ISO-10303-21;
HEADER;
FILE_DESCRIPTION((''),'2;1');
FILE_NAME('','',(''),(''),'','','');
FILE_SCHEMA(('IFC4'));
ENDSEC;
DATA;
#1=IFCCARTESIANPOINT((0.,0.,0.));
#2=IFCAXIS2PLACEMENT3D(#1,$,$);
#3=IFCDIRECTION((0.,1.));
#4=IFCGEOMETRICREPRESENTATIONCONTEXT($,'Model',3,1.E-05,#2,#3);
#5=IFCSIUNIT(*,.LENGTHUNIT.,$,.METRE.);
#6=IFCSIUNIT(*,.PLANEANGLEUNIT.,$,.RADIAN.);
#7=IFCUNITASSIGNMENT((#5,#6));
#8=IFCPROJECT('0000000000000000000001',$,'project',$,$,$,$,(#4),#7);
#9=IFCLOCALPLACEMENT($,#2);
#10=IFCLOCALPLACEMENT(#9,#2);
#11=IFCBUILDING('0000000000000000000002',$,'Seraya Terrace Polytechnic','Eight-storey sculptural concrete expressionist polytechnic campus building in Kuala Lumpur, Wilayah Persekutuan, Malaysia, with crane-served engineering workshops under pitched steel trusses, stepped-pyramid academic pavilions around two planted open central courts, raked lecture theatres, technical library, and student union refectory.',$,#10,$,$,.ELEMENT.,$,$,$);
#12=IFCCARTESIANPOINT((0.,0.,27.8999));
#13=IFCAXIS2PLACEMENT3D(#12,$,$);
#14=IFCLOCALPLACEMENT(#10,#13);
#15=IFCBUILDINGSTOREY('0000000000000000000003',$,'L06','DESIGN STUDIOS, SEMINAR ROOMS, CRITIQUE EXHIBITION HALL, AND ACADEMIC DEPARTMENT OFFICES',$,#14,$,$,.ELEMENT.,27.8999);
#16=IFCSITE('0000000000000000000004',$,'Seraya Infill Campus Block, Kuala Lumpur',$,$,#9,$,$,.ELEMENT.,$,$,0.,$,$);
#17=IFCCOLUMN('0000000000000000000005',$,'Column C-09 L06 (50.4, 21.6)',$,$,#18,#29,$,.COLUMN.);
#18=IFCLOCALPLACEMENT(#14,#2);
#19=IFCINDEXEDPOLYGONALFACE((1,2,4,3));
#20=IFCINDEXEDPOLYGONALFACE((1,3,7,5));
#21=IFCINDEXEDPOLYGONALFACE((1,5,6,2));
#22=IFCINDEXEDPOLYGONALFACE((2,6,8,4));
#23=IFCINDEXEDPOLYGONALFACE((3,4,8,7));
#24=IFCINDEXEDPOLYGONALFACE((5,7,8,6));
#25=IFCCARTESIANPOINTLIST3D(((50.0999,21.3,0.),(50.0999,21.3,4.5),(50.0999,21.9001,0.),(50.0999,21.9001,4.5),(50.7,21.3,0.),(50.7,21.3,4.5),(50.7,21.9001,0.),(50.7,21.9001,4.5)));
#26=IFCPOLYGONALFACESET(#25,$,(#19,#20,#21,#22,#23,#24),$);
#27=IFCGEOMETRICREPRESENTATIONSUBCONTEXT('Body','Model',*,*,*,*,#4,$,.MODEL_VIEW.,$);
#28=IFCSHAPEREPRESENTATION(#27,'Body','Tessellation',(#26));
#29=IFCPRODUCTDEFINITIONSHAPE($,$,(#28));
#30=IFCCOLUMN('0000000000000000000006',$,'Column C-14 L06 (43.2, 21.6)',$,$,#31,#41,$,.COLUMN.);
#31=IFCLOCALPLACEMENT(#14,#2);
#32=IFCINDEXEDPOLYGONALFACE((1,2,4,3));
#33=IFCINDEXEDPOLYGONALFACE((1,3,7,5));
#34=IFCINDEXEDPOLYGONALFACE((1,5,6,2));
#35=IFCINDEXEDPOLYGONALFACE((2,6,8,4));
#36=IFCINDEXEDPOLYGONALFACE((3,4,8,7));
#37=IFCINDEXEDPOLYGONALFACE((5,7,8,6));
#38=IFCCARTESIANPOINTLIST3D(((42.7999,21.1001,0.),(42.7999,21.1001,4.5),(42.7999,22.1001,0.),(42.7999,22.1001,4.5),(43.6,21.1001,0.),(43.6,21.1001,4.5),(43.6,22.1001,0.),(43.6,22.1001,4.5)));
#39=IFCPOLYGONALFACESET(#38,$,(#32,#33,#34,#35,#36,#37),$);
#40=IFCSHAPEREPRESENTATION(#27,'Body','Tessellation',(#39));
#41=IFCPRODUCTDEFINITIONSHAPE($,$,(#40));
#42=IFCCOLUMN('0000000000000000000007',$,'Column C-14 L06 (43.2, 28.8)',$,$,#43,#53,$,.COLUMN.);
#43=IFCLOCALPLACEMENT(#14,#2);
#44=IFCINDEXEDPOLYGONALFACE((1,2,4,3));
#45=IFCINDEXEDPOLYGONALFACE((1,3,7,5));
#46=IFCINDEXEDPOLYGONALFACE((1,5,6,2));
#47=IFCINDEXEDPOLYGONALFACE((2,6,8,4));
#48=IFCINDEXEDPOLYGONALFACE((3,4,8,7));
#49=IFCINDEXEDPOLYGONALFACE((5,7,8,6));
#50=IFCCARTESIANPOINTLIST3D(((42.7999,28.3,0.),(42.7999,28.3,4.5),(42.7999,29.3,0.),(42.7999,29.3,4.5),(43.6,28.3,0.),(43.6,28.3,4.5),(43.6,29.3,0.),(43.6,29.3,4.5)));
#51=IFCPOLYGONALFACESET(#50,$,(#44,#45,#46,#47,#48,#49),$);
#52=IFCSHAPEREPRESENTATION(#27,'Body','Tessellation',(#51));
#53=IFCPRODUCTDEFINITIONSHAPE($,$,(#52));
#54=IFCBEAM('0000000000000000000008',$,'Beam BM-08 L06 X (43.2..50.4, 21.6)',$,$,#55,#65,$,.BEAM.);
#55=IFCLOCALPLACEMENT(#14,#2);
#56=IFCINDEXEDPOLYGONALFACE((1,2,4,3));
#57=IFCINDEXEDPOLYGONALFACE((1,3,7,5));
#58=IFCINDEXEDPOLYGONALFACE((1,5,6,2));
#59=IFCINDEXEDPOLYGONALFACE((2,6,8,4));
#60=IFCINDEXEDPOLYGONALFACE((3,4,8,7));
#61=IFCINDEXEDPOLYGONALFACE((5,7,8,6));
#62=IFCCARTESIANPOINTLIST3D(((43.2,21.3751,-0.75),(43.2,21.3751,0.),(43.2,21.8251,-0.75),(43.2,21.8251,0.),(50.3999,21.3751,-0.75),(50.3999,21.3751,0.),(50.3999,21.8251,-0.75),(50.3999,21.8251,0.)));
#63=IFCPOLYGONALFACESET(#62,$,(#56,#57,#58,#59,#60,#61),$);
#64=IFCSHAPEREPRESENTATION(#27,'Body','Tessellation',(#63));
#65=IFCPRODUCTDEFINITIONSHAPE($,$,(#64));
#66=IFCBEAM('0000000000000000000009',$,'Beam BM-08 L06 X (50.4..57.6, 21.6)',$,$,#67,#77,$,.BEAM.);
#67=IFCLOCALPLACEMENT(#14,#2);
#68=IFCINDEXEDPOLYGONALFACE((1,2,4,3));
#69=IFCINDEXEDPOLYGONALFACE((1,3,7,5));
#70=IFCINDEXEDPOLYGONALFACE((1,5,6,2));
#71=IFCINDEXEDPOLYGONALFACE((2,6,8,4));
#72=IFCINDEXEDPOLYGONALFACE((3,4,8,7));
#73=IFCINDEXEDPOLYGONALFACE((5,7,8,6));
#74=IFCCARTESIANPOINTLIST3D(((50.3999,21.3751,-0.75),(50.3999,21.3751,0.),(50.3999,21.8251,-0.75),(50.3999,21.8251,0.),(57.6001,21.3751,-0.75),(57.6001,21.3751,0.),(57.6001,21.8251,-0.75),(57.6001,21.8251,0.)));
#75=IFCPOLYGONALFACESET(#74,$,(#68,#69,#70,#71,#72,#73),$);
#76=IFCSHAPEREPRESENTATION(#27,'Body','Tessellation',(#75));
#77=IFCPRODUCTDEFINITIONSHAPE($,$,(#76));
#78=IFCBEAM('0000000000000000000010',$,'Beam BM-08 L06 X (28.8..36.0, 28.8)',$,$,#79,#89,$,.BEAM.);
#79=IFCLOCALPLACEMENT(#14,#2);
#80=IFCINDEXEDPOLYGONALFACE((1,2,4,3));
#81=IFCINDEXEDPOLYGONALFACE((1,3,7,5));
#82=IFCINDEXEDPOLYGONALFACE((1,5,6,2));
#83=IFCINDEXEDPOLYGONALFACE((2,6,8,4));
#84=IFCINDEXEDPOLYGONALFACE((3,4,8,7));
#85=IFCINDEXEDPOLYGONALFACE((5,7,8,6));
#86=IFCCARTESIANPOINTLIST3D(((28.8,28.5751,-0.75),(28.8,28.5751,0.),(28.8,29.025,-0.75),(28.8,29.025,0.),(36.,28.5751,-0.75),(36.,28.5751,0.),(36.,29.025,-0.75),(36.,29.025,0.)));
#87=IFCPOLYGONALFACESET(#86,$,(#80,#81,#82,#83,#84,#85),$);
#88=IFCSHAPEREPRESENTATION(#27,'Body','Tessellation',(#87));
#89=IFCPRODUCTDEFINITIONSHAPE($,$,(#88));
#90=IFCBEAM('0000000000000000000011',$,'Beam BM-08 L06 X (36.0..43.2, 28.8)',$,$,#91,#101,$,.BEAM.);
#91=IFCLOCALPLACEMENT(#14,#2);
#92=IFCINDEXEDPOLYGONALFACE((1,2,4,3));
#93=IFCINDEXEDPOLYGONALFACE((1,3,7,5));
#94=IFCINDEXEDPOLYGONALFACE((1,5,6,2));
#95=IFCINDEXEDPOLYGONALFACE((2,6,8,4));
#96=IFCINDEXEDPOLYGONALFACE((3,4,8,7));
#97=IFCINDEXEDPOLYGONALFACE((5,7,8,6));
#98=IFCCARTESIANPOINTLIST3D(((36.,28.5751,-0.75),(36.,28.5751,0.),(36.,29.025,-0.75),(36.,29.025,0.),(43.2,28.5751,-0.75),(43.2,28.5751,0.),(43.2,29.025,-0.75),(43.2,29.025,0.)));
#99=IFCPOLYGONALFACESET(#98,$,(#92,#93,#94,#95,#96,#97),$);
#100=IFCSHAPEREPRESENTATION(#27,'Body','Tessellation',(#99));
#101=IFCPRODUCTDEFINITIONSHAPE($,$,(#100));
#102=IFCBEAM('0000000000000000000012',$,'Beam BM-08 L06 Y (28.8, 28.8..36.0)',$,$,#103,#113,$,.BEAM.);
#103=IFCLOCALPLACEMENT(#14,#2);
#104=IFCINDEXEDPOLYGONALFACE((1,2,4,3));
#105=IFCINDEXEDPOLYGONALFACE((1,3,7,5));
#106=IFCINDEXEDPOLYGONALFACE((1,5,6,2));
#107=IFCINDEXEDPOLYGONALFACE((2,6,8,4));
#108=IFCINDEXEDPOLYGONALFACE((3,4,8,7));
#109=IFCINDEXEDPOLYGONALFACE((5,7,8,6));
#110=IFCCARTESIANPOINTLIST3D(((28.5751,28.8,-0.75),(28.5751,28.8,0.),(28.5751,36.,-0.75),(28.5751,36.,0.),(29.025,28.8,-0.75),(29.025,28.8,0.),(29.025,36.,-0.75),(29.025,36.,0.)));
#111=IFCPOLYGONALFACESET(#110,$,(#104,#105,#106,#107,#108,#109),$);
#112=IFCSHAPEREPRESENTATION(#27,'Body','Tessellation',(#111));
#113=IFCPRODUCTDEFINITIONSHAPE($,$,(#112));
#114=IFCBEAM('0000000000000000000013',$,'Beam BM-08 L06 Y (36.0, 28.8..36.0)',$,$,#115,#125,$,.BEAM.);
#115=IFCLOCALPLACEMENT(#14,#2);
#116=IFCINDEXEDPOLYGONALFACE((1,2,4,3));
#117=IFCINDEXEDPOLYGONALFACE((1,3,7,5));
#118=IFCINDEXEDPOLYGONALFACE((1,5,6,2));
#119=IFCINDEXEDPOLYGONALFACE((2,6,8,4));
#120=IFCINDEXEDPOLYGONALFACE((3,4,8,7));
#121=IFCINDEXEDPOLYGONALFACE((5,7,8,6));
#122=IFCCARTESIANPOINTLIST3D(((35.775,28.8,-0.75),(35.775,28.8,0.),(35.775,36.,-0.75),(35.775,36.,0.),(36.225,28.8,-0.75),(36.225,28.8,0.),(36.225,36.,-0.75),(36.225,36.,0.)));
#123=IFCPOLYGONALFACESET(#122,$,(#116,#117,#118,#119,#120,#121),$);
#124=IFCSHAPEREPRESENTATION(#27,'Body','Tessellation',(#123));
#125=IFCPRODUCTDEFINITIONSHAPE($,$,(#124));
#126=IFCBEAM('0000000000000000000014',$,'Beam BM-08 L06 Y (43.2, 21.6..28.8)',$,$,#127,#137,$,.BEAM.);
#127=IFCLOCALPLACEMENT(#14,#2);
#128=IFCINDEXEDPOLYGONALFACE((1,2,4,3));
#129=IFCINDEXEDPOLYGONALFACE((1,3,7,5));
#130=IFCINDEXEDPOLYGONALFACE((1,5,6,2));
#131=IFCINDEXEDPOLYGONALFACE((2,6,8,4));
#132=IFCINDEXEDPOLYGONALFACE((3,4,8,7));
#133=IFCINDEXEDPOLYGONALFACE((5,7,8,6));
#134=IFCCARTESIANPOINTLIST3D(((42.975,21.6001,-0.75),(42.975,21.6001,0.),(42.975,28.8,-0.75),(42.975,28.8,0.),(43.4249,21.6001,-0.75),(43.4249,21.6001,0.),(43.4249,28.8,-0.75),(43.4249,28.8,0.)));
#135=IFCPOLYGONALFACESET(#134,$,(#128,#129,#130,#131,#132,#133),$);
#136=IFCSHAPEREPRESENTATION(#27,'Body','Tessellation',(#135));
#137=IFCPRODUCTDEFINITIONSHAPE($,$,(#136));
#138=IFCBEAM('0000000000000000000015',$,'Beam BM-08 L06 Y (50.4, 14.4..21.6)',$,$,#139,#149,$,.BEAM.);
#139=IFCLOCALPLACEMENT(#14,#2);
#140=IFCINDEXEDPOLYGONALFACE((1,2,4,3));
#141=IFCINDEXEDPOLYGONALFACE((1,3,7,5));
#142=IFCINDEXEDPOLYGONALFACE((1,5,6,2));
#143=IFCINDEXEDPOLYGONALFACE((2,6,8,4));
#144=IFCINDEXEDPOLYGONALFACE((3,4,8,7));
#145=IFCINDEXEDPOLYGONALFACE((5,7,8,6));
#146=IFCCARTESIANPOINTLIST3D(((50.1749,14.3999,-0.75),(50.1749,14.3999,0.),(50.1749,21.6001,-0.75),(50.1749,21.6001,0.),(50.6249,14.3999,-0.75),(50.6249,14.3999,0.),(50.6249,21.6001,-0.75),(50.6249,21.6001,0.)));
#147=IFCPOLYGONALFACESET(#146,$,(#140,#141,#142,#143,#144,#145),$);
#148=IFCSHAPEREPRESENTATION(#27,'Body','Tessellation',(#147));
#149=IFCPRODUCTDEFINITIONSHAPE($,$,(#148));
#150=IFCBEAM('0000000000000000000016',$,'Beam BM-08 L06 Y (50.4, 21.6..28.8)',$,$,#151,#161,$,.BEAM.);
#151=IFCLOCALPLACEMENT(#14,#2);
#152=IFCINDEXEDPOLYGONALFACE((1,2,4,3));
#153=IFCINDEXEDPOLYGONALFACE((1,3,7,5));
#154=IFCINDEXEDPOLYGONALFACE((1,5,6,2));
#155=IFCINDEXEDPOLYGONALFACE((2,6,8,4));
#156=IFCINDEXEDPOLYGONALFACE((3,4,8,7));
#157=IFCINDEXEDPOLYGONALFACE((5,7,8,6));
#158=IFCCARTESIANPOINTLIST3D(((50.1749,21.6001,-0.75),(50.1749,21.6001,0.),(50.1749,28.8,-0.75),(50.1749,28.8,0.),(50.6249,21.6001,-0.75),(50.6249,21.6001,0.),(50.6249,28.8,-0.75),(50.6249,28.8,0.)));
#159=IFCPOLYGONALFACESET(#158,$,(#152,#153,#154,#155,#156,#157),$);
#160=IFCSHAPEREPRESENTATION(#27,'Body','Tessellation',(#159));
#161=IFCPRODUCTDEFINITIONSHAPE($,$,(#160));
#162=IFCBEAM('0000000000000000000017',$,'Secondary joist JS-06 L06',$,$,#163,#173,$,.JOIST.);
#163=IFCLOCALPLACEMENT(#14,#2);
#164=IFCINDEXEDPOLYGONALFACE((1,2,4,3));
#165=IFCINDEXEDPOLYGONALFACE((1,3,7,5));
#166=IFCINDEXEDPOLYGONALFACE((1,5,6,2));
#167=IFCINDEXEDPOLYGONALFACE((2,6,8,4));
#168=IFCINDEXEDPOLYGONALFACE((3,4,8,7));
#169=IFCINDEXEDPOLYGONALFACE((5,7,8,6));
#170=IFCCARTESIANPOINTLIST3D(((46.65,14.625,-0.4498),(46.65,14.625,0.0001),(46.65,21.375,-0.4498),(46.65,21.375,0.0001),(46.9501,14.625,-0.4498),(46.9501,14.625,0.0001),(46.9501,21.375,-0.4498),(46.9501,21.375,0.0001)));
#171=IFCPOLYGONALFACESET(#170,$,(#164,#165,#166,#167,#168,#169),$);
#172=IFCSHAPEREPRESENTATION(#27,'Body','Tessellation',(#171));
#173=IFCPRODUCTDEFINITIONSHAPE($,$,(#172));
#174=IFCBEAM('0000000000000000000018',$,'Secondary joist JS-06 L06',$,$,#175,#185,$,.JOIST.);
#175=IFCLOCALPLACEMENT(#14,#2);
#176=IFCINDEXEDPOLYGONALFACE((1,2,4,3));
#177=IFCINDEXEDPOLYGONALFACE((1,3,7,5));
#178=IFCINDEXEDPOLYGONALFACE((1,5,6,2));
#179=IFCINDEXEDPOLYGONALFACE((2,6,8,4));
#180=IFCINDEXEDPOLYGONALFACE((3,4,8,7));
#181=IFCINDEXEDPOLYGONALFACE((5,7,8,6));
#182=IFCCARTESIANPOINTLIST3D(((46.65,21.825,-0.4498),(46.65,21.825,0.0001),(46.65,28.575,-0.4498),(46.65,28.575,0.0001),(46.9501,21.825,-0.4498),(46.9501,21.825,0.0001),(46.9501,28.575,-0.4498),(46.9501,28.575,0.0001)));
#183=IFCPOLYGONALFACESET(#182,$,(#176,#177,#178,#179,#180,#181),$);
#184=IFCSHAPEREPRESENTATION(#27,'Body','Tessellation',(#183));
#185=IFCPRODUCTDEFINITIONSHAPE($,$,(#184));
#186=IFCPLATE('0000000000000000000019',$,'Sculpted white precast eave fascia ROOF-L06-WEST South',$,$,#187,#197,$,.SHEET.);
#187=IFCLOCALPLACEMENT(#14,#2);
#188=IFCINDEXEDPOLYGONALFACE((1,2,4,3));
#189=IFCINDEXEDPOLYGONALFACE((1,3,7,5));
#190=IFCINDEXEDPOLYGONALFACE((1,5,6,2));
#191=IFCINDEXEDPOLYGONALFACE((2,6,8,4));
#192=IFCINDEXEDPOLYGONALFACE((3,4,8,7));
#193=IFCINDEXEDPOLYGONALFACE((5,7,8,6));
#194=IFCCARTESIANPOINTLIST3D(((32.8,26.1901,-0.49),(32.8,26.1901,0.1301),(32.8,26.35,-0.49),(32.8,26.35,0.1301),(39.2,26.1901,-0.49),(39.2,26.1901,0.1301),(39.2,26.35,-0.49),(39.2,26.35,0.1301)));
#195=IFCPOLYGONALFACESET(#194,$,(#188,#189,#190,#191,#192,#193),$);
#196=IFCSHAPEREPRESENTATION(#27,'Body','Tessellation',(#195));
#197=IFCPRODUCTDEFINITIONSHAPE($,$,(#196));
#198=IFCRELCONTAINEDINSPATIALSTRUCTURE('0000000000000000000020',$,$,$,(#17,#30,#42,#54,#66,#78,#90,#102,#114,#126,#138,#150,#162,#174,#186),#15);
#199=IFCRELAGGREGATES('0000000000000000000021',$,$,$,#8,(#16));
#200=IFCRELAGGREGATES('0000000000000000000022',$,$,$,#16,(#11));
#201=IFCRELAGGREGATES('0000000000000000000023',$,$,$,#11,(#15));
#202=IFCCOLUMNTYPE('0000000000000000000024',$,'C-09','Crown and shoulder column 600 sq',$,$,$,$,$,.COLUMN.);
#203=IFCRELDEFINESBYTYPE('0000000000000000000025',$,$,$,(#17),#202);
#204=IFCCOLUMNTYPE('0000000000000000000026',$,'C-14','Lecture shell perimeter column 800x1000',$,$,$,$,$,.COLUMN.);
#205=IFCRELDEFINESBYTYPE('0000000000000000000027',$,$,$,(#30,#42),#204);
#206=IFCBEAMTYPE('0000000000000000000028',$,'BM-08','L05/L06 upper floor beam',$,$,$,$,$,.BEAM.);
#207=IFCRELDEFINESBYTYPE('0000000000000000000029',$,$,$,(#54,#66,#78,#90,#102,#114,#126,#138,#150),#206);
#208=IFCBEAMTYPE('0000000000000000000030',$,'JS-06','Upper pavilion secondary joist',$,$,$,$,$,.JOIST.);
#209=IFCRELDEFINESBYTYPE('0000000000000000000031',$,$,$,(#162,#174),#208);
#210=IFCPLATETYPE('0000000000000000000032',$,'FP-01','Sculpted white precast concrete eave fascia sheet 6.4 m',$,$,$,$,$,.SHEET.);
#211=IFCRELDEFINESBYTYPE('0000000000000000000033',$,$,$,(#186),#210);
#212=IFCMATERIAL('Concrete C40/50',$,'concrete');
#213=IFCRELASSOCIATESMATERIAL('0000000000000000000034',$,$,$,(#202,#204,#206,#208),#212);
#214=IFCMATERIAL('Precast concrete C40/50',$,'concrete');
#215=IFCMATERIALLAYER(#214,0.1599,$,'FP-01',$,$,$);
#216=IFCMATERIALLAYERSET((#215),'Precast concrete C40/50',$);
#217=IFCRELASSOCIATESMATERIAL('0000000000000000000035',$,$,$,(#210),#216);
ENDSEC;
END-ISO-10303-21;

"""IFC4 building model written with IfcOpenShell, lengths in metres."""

from ifc_helpers import new_model, si_unit, direction, frame, origin, origin_2d, place, context, subcontext, project, spatial, rectangle, extrude, material, layer, layer_set, material_profile, profile_set, type_object, element, save


model = new_model("IFC4")

# Units and contexts
model_context = context("Model", 3, precision=1e-05, world=origin(), true_north=direction((0.0, 1.0)))
body_context = subcontext(model_context, "Body", "Model", "MODEL_VIEW")
ifc_project = project(units=[si_unit("LENGTHUNIT", "METRE"), si_unit("PLANEANGLEUNIT", "RADIAN")], contexts=[model_context])

# Site, building, storey
site_placement = place(None, origin())
site = spatial("IfcSite", under=ifc_project, at=site_placement, Name="Seraya Infill Campus Block, Kuala Lumpur", CompositionType="ELEMENT", RefElevation=0.0)
building_placement = place(site_placement, origin())
building = spatial("IfcBuilding", under=site, at=building_placement, Name="Seraya Terrace Polytechnic", Description="Eight-storey sculptural concrete expressionist polytechnic campus building in Kuala Lumpur, Wilayah Persekutuan, Malaysia, with crane-served engineering workshops under pitched steel trusses, stepped-pyramid academic pavilions around two planted open central courts, raked lecture theatres, technical library, and student union refectory.", CompositionType="ELEMENT")
storey_placement = place(building_placement, frame((0.0, 0.0, 27.8999)))
storey = spatial("IfcBuildingStorey", under=building, at=storey_placement, Name="L06", Description="DESIGN STUDIOS, SEMINAR ROOMS, CRITIQUE EXHIBITION HALL, AND ACADEMIC DEPARTMENT OFFICES", CompositionType="ELEMENT", Elevation=27.8999)

# Columns
ifc_material_1 = material(Name="Concrete C40/50", Category="concrete")
ifc_material_profile_1 = material_profile(ifc_material_1, rectangle(XDim=0.6001, YDim=0.6001, at=origin_2d()), Name="RC 600x600")
ifc_profile_set_1 = profile_set([ifc_material_profile_1], Name="Concrete C40/50")
column_type_1 = type_object("IfcColumnType", Name="C-09", Description="Crown and shoulder column 600 sq", PredefinedType="COLUMN", material=ifc_profile_set_1)
column_placement = place(storey_placement, frame((50.3999, 21.6001, 0.0), z_axis=(0.0, 0.0, 1.0), x_axis=(1.0, 0.0, 0.0)))
element("IfcColumn", 1, at=column_placement, inside=storey, type_object=column_type_1, Name="Column C-09 L06 (50.4, 21.6)", PredefinedType="COLUMN", context=body_context, shape_type="SweptSolid", body=[
    extrude(rectangle(XDim=0.6001, YDim=0.6001, at=origin_2d()), origin(), (0.0, 0.0, 1.0), 4.5),
])
ifc_material_profile_2 = material_profile(ifc_material_1, rectangle(XDim=0.8, YDim=1.0, at=origin_2d()), Name="RC 800x1000")
ifc_profile_set_2 = profile_set([ifc_material_profile_2], Name="Concrete C40/50")
column_type_2 = type_object("IfcColumnType", Name="C-14", Description="Lecture shell perimeter column 800x1000", PredefinedType="COLUMN", material=ifc_profile_set_2)
for number, where, z_axis, x_axis, name in (
    (2, (43.2, 21.6001, 0.0), (0.0, 0.0, 1.0), (1.0, 0.0, 0.0), "Column C-14 L06 (43.2, 21.6)"),
    (3, (43.2, 28.8, 0.0), (0.0, 0.0, 1.0), (1.0, 0.0, 0.0), "Column C-14 L06 (43.2, 28.8)"),
):
    element("IfcColumn", number, at=place(storey_placement, frame(where, z_axis=z_axis, x_axis=x_axis)), inside=storey, type_object=column_type_2, Name=name, PredefinedType="COLUMN", context=body_context, shape_type="SweptSolid", body=[
        extrude(rectangle(XDim=0.8, YDim=1.0, at=origin_2d()), origin(), (0.0, 0.0, 1.0), 4.5),
    ])

# Beams
ifc_material_profile_3 = material_profile(ifc_material_1, rectangle(XDim=0.45, YDim=0.75, at=origin_2d()), Name="RC 450x750")
ifc_profile_set_3 = profile_set([ifc_material_profile_3], Name="Concrete C40/50")
beam_type_1 = type_object("IfcBeamType", Name="BM-08", Description="L05/L06 upper floor beam", PredefinedType="BEAM", material=ifc_profile_set_3)
beam_1_placement = place(storey_placement, frame((43.2, 21.6001, -0.375), z_axis=(1.0, 0.0, 0.0), x_axis=(0.0, 1.0, 0.0)))
element("IfcBeam", 4, at=beam_1_placement, inside=storey, type_object=beam_type_1, Name="Beam BM-08 L06 X (43.2..50.4, 21.6)", PredefinedType="BEAM", context=body_context, shape_type="SweptSolid", body=[
    extrude(rectangle(XDim=0.45, YDim=0.75, at=origin_2d()), origin(), (0.0, 0.0, 1.0), 7.2),
])
beam_2_placement = place(storey_placement, frame((50.3999, 21.6001, -0.375), z_axis=(1.0, 0.0, 0.0), x_axis=(0.0, 1.0, 0.0)))
element("IfcBeam", 5, at=beam_2_placement, inside=storey, type_object=beam_type_1, Name="Beam BM-08 L06 X (50.4..57.6, 21.6)", PredefinedType="BEAM", context=body_context, shape_type="SweptSolid", body=[
    extrude(rectangle(XDim=0.45, YDim=0.75, at=origin_2d()), origin(), (0.0, 0.0, 1.0), 7.2002),
])
for number, where, z_axis, x_axis, name in (
    (6, (28.8, 28.8, -0.375), (1.0, 0.0, 0.0), (0.0, 1.0, 0.0), "Beam BM-08 L06 X (28.8..36.0, 28.8)"),
    (7, (36.0, 28.8, -0.375), (1.0, 0.0, 0.0), (0.0, 1.0, 0.0), "Beam BM-08 L06 X (36.0..43.2, 28.8)"),
    (8, (28.8, 28.8, -0.375), (0.0, 1.0, 0.0), (-1.0, 0.0, 0.0), "Beam BM-08 L06 Y (28.8, 28.8..36.0)"),
    (9, (36.0, 28.8, -0.375), (0.0, 1.0, 0.0), (-1.0, 0.0, 0.0), "Beam BM-08 L06 Y (36.0, 28.8..36.0)"),
    (10, (43.2, 21.6001, -0.375), (0.0, 1.0, 0.0), (-1.0, 0.0, 0.0), "Beam BM-08 L06 Y (43.2, 21.6..28.8)"),
):
    element("IfcBeam", number, at=place(storey_placement, frame(where, z_axis=z_axis, x_axis=x_axis)), inside=storey, type_object=beam_type_1, Name=name, PredefinedType="BEAM", context=body_context, shape_type="SweptSolid", body=[
        extrude(rectangle(XDim=0.45, YDim=0.75, at=origin_2d()), origin(), (0.0, 0.0, 1.0), 7.2),
    ])
beam_3_placement = place(storey_placement, frame((50.3999, 14.3999, -0.375), z_axis=(0.0, 1.0, 0.0), x_axis=(-1.0, 0.0, 0.0)))
element("IfcBeam", 11, at=beam_3_placement, inside=storey, type_object=beam_type_1, Name="Beam BM-08 L06 Y (50.4, 14.4..21.6)", PredefinedType="BEAM", context=body_context, shape_type="SweptSolid", body=[
    extrude(rectangle(XDim=0.45, YDim=0.75, at=origin_2d()), origin(), (0.0, 0.0, 1.0), 7.2002),
])
beam_4_placement = place(storey_placement, frame((50.3999, 21.6001, -0.375), z_axis=(0.0, 1.0, 0.0), x_axis=(-1.0, 0.0, 0.0)))
element("IfcBeam", 12, at=beam_4_placement, inside=storey, type_object=beam_type_1, Name="Beam BM-08 L06 Y (50.4, 21.6..28.8)", PredefinedType="BEAM", context=body_context, shape_type="SweptSolid", body=[
    extrude(rectangle(XDim=0.45, YDim=0.75, at=origin_2d()), origin(), (0.0, 0.0, 1.0), 7.2),
])
ifc_material_profile_4 = material_profile(ifc_material_1, rectangle(XDim=0.3, YDim=0.45, at=origin_2d()), Name="RC 300x450")
ifc_profile_set_4 = profile_set([ifc_material_profile_4], Name="Concrete C40/50")
beam_type_2 = type_object("IfcBeamType", Name="JS-06", Description="Upper pavilion secondary joist", PredefinedType="JOIST", material=ifc_profile_set_4)
for number, where, z_axis, x_axis, name in (
    (13, (46.8, 14.625, -0.2249), (0.0, 1.0, 0.0), (-1.0, 0.0, 0.0), "Secondary joist JS-06 L06"),
    (14, (46.8, 21.825, -0.2249), (0.0, 1.0, 0.0), (-1.0, 0.0, 0.0), "Secondary joist JS-06 L06"),
):
    element("IfcBeam", number, at=place(storey_placement, frame(where, z_axis=z_axis, x_axis=x_axis)), inside=storey, type_object=beam_type_2, Name=name, PredefinedType="JOIST", context=body_context, shape_type="SweptSolid", body=[
        extrude(rectangle(XDim=0.3, YDim=0.45, at=origin_2d()), origin(), (0.0, 0.0, 1.0), 6.75),
    ])

# Plate
ifc_material_2 = material(Name="Precast concrete C40/50", Category="concrete")
ifc_layer_1 = layer(ifc_material_2, 0.1599, Name="FP-01")
ifc_layer_set_1 = layer_set([ifc_layer_1], Name="Precast concrete C40/50")
plate_type = type_object("IfcPlateType", Name="FP-01", Description="Sculpted white precast concrete eave fascia sheet 6.4 m", PredefinedType="SHEET", material=ifc_layer_set_1)
plate_placement = place(storey_placement, frame((36.0, 26.27, -0.49), z_axis=(0.0, 0.0, 1.0), x_axis=(1.0, 0.0, 0.0)))
element("IfcPlate", 15, at=plate_placement, inside=storey, type_object=plate_type, Name="Sculpted white precast eave fascia ROOF-L06-WEST South", PredefinedType="SHEET", context=body_context, shape_type="SweptSolid", body=[
    extrude(rectangle(XDim=6.3999, YDim=0.1599, at=origin_2d()), origin(), (0.0, 0.0, 1.0), 0.6201),
])

save(model, "model.ifc")
